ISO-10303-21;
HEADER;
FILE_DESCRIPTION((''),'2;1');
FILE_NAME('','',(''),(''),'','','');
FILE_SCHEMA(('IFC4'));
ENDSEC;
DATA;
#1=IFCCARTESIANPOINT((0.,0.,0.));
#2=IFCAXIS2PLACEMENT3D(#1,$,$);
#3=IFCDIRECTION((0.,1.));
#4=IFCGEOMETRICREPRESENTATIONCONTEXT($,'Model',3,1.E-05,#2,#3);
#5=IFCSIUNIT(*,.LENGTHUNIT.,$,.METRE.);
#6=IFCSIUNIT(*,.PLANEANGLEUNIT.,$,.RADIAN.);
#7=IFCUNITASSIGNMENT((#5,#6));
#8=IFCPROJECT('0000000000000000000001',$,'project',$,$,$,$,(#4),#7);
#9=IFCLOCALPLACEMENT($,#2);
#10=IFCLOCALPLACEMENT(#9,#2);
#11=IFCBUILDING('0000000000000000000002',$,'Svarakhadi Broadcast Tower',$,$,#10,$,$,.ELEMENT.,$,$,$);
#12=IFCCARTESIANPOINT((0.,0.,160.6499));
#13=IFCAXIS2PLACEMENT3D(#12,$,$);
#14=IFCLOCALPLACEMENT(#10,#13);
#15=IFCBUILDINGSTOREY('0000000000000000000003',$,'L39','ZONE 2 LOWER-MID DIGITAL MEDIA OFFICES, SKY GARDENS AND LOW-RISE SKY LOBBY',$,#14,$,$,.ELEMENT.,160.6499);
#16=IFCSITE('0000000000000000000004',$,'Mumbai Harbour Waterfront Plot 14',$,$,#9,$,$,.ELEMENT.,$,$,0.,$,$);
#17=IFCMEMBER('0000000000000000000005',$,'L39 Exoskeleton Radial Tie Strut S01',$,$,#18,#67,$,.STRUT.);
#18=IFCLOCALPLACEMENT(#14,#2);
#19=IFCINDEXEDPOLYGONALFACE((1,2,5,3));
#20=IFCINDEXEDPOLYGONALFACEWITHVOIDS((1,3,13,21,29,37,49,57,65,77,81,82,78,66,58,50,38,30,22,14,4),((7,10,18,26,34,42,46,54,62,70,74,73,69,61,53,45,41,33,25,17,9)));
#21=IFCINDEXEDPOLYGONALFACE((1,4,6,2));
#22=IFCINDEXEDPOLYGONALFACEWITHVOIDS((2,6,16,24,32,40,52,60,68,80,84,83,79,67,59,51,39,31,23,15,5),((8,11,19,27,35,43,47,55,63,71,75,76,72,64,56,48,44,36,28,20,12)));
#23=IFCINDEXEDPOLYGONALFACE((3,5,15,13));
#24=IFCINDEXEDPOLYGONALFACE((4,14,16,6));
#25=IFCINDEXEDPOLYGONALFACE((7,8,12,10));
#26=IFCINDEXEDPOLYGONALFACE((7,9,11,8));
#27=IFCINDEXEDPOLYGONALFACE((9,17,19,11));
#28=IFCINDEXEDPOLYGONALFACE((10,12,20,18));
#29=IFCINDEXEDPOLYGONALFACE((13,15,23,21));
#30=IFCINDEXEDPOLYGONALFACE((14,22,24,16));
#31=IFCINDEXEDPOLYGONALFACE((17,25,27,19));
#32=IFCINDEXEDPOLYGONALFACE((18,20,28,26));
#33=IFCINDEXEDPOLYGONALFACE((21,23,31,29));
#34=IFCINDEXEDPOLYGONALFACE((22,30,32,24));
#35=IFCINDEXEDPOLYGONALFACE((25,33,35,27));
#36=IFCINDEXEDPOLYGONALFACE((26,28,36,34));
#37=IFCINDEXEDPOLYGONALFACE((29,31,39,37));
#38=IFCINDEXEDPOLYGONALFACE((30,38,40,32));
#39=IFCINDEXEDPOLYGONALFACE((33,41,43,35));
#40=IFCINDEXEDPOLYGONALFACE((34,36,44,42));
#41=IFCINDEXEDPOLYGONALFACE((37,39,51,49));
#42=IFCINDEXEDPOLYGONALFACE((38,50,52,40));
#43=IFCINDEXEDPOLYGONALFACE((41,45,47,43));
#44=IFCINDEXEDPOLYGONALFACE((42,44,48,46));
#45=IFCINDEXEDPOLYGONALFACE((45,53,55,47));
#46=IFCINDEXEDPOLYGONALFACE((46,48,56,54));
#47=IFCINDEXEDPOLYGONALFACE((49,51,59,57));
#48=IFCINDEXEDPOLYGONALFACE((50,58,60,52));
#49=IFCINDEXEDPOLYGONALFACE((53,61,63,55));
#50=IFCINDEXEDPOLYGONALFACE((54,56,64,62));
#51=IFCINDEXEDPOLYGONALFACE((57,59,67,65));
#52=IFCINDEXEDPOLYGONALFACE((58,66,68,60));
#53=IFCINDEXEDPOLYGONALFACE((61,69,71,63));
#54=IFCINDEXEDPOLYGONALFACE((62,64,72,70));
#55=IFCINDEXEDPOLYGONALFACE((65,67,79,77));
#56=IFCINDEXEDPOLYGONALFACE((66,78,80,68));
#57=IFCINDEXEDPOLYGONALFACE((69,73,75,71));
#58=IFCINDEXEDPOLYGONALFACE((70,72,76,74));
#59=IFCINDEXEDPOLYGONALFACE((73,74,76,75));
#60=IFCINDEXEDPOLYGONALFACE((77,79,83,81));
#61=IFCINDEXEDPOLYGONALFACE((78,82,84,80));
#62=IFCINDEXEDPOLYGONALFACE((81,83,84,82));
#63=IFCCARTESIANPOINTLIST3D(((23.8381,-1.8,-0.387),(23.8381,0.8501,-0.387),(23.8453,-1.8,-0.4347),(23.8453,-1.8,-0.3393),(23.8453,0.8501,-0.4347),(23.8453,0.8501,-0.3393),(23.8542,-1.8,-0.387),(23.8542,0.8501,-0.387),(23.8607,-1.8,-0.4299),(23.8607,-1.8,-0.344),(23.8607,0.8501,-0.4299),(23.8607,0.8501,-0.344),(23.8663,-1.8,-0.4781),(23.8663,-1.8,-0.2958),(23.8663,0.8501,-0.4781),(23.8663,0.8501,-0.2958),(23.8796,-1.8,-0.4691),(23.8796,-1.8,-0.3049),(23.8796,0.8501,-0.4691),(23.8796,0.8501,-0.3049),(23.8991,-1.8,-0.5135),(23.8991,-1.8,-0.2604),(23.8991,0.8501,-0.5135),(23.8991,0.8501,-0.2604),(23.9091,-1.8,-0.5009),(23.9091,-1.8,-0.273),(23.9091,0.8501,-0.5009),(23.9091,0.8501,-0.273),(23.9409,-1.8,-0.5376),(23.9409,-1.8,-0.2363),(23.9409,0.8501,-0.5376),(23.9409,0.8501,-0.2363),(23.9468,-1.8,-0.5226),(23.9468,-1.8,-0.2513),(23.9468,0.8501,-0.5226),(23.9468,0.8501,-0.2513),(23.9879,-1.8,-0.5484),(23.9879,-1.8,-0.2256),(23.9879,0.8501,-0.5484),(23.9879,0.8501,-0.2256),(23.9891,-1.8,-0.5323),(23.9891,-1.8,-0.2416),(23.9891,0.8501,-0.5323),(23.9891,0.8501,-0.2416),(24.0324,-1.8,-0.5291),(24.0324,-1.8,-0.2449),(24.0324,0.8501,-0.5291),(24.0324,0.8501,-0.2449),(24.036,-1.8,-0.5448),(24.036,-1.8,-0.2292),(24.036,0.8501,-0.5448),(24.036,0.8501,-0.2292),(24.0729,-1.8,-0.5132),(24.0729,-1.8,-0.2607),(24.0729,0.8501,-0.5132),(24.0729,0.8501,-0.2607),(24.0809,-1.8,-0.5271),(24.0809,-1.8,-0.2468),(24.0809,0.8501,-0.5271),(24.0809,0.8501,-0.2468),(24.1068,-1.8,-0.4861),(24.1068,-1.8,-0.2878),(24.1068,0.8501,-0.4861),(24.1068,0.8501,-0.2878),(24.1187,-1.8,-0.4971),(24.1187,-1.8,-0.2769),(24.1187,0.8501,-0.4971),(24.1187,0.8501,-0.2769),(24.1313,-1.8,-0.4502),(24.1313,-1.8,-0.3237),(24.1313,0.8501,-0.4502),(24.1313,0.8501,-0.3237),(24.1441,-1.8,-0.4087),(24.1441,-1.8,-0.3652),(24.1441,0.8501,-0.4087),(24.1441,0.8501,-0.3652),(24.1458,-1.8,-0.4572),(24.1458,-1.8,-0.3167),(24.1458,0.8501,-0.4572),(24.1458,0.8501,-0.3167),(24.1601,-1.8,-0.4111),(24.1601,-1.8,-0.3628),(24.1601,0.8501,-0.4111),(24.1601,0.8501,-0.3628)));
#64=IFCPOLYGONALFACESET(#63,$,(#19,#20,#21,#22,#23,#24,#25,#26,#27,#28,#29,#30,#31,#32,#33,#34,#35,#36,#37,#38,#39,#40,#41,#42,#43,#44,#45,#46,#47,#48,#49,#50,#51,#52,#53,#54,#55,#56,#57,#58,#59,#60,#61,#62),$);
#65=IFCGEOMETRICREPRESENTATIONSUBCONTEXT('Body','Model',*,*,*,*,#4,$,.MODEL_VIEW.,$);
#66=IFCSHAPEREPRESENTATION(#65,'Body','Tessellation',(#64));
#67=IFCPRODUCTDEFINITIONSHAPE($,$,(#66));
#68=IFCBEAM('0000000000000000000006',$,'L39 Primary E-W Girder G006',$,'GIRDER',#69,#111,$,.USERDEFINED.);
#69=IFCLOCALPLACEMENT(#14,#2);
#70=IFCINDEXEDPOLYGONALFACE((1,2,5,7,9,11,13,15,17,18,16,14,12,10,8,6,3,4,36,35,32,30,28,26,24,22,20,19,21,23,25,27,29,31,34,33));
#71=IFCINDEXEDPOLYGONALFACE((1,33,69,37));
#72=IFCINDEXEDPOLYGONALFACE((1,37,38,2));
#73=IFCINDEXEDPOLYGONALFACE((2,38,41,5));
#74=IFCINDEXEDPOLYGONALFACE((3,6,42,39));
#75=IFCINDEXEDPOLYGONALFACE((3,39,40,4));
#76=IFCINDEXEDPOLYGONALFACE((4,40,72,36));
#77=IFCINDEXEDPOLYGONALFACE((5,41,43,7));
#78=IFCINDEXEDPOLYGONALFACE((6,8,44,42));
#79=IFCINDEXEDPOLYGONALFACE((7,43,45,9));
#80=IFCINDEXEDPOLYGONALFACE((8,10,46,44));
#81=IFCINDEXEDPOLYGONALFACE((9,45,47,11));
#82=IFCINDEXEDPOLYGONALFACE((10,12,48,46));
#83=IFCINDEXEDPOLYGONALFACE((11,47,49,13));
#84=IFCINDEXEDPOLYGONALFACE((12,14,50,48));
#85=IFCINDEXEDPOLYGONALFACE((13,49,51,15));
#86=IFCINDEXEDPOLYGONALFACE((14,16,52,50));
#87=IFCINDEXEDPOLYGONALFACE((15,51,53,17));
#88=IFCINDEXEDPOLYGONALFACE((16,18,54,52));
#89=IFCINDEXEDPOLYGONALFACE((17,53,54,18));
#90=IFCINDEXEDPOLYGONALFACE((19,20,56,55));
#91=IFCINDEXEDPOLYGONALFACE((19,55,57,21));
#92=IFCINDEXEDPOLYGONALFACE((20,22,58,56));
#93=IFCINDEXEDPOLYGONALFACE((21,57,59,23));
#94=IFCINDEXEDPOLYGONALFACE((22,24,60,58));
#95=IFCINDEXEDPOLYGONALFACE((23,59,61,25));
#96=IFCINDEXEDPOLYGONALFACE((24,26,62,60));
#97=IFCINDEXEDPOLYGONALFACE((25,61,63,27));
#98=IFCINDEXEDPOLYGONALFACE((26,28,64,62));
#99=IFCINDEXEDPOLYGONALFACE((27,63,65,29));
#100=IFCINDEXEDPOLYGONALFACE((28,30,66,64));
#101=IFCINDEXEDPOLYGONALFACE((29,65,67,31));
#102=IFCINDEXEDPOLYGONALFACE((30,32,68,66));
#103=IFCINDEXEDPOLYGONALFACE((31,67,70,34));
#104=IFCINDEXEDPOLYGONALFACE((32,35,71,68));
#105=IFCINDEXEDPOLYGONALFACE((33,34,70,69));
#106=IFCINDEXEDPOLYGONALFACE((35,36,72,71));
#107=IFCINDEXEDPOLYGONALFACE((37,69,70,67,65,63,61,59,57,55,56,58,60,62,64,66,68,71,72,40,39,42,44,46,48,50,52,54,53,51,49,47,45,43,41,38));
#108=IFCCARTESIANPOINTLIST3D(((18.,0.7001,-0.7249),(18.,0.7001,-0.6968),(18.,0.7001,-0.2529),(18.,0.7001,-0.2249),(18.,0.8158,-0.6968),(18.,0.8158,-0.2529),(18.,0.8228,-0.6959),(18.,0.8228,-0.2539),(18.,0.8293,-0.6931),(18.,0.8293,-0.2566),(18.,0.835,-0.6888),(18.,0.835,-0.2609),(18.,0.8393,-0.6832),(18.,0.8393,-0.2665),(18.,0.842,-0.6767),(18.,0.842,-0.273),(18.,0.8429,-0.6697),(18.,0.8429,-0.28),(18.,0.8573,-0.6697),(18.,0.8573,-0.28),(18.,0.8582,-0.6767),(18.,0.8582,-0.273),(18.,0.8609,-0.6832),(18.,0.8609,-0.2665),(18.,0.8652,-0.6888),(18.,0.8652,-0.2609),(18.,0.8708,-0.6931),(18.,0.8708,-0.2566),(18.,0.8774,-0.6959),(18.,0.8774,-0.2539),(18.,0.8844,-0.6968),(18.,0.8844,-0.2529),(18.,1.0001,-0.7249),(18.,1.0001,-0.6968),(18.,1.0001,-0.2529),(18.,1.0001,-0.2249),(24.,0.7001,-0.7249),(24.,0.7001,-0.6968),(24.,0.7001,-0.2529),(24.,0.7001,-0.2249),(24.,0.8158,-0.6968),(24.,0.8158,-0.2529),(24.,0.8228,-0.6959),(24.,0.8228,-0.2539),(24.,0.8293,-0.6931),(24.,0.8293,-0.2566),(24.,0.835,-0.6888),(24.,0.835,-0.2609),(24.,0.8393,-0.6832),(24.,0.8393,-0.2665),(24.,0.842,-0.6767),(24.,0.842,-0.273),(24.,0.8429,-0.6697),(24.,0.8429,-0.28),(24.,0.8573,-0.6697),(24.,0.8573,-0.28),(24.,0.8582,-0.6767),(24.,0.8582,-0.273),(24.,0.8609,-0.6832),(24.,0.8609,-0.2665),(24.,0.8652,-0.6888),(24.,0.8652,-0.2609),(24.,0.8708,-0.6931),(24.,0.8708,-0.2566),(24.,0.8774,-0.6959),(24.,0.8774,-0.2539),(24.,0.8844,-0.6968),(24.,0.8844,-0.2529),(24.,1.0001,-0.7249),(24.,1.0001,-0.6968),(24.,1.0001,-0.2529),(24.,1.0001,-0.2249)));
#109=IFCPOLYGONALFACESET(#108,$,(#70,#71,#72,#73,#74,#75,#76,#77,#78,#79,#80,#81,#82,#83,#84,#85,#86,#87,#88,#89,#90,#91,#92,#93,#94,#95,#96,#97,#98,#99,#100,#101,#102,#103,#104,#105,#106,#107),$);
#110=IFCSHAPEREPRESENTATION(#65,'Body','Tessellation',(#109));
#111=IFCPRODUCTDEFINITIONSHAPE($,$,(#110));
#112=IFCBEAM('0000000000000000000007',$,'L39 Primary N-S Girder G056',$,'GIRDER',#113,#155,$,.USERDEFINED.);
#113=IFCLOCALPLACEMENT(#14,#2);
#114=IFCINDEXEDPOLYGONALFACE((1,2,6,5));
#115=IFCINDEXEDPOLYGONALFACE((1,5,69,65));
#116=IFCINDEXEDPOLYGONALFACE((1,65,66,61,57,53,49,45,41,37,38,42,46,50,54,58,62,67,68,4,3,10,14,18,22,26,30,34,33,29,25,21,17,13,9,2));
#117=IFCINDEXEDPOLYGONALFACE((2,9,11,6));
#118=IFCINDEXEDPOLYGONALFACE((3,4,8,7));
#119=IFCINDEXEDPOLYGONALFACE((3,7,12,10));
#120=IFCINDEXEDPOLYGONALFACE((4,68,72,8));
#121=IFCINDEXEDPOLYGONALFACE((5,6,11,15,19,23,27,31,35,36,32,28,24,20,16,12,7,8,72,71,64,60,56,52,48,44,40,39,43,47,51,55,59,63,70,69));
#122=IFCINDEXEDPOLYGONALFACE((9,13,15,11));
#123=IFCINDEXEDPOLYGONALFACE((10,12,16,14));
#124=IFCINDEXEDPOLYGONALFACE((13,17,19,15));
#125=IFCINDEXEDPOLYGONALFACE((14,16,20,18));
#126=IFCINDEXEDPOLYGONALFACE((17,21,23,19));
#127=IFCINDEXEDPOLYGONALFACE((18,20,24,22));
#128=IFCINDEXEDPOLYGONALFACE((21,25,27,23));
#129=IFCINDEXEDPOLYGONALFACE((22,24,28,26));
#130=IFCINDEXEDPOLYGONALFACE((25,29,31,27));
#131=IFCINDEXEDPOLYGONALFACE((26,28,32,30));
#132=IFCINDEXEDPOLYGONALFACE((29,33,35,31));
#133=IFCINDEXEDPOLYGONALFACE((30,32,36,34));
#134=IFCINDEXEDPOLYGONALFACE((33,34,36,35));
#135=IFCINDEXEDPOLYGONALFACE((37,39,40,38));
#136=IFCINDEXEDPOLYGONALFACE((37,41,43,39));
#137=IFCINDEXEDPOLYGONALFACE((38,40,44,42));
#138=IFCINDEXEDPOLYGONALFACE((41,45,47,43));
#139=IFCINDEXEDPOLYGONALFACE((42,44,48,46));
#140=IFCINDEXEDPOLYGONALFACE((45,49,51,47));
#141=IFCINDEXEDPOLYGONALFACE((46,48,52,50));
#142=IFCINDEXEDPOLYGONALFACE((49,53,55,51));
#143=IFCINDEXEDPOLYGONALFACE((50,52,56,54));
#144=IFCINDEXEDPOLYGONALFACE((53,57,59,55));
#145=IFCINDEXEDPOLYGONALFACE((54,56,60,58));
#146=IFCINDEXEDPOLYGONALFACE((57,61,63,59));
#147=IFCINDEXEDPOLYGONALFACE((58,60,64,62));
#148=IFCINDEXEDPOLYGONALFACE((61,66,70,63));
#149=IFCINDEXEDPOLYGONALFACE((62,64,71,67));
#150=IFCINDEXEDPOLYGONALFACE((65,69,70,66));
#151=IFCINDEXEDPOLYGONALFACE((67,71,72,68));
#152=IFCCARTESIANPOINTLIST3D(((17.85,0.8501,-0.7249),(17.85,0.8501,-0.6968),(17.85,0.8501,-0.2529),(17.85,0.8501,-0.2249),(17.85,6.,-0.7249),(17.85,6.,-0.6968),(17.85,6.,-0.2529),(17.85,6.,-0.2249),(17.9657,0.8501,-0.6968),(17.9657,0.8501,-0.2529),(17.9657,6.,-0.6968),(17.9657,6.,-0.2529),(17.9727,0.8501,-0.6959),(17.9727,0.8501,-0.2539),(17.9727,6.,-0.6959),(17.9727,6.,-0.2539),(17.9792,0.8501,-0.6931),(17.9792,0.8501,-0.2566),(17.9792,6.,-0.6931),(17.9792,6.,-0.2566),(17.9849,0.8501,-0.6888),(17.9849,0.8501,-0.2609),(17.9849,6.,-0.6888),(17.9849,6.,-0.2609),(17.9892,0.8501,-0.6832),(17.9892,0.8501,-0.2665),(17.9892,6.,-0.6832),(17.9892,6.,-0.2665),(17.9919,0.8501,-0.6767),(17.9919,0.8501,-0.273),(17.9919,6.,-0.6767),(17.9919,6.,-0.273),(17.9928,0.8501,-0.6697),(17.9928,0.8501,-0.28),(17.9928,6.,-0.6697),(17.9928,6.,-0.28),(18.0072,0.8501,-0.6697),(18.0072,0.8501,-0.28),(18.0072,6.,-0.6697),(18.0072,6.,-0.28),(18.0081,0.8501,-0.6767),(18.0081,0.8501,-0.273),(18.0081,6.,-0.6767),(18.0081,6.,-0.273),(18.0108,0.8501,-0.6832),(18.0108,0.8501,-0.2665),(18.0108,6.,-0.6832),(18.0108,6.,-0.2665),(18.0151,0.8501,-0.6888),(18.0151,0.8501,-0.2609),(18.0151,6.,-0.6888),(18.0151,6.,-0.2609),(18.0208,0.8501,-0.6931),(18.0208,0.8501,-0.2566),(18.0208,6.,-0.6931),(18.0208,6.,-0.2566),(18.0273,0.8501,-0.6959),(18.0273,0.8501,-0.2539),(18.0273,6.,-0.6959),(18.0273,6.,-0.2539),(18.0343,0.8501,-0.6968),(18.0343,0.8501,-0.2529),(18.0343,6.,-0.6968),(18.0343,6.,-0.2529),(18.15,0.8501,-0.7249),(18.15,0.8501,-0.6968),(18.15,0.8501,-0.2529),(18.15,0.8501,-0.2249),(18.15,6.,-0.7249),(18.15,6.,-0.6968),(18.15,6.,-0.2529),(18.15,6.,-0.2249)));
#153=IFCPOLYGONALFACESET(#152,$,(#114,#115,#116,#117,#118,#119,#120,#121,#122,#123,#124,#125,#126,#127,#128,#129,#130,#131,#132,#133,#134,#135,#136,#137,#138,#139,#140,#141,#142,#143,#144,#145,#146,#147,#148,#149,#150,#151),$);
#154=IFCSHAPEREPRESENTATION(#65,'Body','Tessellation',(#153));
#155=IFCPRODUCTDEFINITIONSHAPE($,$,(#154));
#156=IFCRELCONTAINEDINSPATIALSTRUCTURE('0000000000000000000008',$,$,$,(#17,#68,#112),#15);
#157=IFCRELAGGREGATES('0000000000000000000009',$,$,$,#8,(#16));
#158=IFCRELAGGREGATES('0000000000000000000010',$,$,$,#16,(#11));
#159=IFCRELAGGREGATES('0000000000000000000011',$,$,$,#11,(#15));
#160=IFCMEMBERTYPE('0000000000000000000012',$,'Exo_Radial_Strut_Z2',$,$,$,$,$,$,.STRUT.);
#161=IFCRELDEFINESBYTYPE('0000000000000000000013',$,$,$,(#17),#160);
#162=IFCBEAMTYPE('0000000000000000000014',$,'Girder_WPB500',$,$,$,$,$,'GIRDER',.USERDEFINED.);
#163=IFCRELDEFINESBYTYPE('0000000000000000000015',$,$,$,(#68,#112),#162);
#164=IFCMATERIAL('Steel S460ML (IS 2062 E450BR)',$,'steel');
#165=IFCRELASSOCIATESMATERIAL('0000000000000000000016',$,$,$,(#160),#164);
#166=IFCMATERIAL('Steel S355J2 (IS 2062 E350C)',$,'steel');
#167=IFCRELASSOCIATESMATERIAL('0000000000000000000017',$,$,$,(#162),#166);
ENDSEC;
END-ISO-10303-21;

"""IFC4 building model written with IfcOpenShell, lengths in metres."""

from ifc_helpers import new_model, si_unit, direction, frame, origin, origin_2d, place, context, subcontext, project, spatial, hollow_circle, i_section, extrude, material, material_profile, profile_set, type_object, element, save


model = new_model("IFC4")

# Units and contexts
model_context = context("Model", 3, precision=1e-05, world=origin(), true_north=direction((0.0, 1.0)))
body_context = subcontext(model_context, "Body", "Model", "MODEL_VIEW")
ifc_project = project(units=[si_unit("LENGTHUNIT", "METRE"), si_unit("PLANEANGLEUNIT", "RADIAN")], contexts=[model_context])

# Site, building, storey
site_placement = place(None, origin())
site = spatial("IfcSite", under=ifc_project, at=site_placement, Name="Mumbai Harbour Waterfront Plot 14", CompositionType="ELEMENT", RefElevation=0.0)
building_placement = place(site_placement, origin())
building = spatial("IfcBuilding", under=site, at=building_placement, Name="Svarakhadi Broadcast Tower", CompositionType="ELEMENT")
storey_placement = place(building_placement, frame((0.0, 0.0, 160.6499)))
storey = spatial("IfcBuildingStorey", under=building, at=storey_placement, Name="L39", Description="ZONE 2 LOWER-MID DIGITAL MEDIA OFFICES, SKY GARDENS AND LOW-RISE SKY LOBBY", CompositionType="ELEMENT", Elevation=160.6499)

# Member
ifc_material_1 = material(Name="Steel S460ML (IS 2062 E450BR)", Category="steel")
ifc_material_profile_1 = material_profile(ifc_material_1, hollow_circle(Radius=0.1619, WallThickness=0.0161, at=origin_2d()), Name="CHS 323.9x16")
ifc_profile_set_1 = profile_set([ifc_material_profile_1], Name="Steel S460ML (IS 2062 E450BR)")
member_type_1 = type_object("IfcMemberType", Name="Exo_Radial_Strut_Z2", PredefinedType="STRUT", material=ifc_profile_set_1)
member_1_placement = place(storey_placement, frame((24.0, -1.8, -0.387), z_axis=(0.0, 1.0, 0.0), x_axis=(-1.0, 0.0, 0.0)))
element("IfcMember", 1, at=member_1_placement, inside=storey, type_object=member_type_1, Name="L39 Exoskeleton Radial Tie Strut S01", PredefinedType="STRUT", context=body_context, shape_type="SweptSolid", body=[
    extrude(hollow_circle(Radius=0.1619, WallThickness=0.0161, at=origin_2d()), origin(), (0.0, 0.0, 1.0), 2.6501),
])

# Beams
ifc_material_2 = material(Name="Steel S355J2 (IS 2062 E350C)", Category="steel")
ifc_material_profile_2 = material_profile(ifc_material_2, i_section(OverallWidth=0.3, OverallDepth=0.5, WebThickness=0.0144, FlangeThickness=0.0281, FilletRadius=0.0271, at=origin_2d()), Name="WPB 500x300x187")
ifc_profile_set_2 = profile_set([ifc_material_profile_2], Name="Steel S355J2 (IS 2062 E350C)")
beam_type_1 = type_object("IfcBeamType", Name="Girder_WPB500", ElementType="GIRDER", PredefinedType="USERDEFINED", material=ifc_profile_set_2)
beam_1_placement = place(storey_placement, frame((18.0, 0.8501, -0.4749), z_axis=(1.0, 0.0, 0.0), x_axis=(0.0, 1.0, 0.0)))
element("IfcBeam", 2, at=beam_1_placement, inside=storey, type_object=beam_type_1, Name="L39 Primary E-W Girder G006", ObjectType="GIRDER", PredefinedType="USERDEFINED", context=body_context, shape_type="SweptSolid", body=[
    extrude(i_section(OverallWidth=0.3, OverallDepth=0.5, WebThickness=0.0144, FlangeThickness=0.0281, FilletRadius=0.0271, at=origin_2d()), origin(), (0.0, 0.0, 1.0), 6.0),
])
beam_2_placement = place(storey_placement, frame((18.0, 0.8501, -0.4749), z_axis=(0.0, 1.0, 0.0), x_axis=(-1.0, 0.0, 0.0)))
element("IfcBeam", 3, at=beam_2_placement, inside=storey, type_object=beam_type_1, Name="L39 Primary N-S Girder G056", ObjectType="GIRDER", PredefinedType="USERDEFINED", context=body_context, shape_type="SweptSolid", body=[
    extrude(i_section(OverallWidth=0.3, OverallDepth=0.5, WebThickness=0.0144, FlangeThickness=0.0281, FilletRadius=0.0271, at=origin_2d()), origin(), (0.0, 0.0, 1.0), 5.1499),
])

save(model, "model.ifc")
